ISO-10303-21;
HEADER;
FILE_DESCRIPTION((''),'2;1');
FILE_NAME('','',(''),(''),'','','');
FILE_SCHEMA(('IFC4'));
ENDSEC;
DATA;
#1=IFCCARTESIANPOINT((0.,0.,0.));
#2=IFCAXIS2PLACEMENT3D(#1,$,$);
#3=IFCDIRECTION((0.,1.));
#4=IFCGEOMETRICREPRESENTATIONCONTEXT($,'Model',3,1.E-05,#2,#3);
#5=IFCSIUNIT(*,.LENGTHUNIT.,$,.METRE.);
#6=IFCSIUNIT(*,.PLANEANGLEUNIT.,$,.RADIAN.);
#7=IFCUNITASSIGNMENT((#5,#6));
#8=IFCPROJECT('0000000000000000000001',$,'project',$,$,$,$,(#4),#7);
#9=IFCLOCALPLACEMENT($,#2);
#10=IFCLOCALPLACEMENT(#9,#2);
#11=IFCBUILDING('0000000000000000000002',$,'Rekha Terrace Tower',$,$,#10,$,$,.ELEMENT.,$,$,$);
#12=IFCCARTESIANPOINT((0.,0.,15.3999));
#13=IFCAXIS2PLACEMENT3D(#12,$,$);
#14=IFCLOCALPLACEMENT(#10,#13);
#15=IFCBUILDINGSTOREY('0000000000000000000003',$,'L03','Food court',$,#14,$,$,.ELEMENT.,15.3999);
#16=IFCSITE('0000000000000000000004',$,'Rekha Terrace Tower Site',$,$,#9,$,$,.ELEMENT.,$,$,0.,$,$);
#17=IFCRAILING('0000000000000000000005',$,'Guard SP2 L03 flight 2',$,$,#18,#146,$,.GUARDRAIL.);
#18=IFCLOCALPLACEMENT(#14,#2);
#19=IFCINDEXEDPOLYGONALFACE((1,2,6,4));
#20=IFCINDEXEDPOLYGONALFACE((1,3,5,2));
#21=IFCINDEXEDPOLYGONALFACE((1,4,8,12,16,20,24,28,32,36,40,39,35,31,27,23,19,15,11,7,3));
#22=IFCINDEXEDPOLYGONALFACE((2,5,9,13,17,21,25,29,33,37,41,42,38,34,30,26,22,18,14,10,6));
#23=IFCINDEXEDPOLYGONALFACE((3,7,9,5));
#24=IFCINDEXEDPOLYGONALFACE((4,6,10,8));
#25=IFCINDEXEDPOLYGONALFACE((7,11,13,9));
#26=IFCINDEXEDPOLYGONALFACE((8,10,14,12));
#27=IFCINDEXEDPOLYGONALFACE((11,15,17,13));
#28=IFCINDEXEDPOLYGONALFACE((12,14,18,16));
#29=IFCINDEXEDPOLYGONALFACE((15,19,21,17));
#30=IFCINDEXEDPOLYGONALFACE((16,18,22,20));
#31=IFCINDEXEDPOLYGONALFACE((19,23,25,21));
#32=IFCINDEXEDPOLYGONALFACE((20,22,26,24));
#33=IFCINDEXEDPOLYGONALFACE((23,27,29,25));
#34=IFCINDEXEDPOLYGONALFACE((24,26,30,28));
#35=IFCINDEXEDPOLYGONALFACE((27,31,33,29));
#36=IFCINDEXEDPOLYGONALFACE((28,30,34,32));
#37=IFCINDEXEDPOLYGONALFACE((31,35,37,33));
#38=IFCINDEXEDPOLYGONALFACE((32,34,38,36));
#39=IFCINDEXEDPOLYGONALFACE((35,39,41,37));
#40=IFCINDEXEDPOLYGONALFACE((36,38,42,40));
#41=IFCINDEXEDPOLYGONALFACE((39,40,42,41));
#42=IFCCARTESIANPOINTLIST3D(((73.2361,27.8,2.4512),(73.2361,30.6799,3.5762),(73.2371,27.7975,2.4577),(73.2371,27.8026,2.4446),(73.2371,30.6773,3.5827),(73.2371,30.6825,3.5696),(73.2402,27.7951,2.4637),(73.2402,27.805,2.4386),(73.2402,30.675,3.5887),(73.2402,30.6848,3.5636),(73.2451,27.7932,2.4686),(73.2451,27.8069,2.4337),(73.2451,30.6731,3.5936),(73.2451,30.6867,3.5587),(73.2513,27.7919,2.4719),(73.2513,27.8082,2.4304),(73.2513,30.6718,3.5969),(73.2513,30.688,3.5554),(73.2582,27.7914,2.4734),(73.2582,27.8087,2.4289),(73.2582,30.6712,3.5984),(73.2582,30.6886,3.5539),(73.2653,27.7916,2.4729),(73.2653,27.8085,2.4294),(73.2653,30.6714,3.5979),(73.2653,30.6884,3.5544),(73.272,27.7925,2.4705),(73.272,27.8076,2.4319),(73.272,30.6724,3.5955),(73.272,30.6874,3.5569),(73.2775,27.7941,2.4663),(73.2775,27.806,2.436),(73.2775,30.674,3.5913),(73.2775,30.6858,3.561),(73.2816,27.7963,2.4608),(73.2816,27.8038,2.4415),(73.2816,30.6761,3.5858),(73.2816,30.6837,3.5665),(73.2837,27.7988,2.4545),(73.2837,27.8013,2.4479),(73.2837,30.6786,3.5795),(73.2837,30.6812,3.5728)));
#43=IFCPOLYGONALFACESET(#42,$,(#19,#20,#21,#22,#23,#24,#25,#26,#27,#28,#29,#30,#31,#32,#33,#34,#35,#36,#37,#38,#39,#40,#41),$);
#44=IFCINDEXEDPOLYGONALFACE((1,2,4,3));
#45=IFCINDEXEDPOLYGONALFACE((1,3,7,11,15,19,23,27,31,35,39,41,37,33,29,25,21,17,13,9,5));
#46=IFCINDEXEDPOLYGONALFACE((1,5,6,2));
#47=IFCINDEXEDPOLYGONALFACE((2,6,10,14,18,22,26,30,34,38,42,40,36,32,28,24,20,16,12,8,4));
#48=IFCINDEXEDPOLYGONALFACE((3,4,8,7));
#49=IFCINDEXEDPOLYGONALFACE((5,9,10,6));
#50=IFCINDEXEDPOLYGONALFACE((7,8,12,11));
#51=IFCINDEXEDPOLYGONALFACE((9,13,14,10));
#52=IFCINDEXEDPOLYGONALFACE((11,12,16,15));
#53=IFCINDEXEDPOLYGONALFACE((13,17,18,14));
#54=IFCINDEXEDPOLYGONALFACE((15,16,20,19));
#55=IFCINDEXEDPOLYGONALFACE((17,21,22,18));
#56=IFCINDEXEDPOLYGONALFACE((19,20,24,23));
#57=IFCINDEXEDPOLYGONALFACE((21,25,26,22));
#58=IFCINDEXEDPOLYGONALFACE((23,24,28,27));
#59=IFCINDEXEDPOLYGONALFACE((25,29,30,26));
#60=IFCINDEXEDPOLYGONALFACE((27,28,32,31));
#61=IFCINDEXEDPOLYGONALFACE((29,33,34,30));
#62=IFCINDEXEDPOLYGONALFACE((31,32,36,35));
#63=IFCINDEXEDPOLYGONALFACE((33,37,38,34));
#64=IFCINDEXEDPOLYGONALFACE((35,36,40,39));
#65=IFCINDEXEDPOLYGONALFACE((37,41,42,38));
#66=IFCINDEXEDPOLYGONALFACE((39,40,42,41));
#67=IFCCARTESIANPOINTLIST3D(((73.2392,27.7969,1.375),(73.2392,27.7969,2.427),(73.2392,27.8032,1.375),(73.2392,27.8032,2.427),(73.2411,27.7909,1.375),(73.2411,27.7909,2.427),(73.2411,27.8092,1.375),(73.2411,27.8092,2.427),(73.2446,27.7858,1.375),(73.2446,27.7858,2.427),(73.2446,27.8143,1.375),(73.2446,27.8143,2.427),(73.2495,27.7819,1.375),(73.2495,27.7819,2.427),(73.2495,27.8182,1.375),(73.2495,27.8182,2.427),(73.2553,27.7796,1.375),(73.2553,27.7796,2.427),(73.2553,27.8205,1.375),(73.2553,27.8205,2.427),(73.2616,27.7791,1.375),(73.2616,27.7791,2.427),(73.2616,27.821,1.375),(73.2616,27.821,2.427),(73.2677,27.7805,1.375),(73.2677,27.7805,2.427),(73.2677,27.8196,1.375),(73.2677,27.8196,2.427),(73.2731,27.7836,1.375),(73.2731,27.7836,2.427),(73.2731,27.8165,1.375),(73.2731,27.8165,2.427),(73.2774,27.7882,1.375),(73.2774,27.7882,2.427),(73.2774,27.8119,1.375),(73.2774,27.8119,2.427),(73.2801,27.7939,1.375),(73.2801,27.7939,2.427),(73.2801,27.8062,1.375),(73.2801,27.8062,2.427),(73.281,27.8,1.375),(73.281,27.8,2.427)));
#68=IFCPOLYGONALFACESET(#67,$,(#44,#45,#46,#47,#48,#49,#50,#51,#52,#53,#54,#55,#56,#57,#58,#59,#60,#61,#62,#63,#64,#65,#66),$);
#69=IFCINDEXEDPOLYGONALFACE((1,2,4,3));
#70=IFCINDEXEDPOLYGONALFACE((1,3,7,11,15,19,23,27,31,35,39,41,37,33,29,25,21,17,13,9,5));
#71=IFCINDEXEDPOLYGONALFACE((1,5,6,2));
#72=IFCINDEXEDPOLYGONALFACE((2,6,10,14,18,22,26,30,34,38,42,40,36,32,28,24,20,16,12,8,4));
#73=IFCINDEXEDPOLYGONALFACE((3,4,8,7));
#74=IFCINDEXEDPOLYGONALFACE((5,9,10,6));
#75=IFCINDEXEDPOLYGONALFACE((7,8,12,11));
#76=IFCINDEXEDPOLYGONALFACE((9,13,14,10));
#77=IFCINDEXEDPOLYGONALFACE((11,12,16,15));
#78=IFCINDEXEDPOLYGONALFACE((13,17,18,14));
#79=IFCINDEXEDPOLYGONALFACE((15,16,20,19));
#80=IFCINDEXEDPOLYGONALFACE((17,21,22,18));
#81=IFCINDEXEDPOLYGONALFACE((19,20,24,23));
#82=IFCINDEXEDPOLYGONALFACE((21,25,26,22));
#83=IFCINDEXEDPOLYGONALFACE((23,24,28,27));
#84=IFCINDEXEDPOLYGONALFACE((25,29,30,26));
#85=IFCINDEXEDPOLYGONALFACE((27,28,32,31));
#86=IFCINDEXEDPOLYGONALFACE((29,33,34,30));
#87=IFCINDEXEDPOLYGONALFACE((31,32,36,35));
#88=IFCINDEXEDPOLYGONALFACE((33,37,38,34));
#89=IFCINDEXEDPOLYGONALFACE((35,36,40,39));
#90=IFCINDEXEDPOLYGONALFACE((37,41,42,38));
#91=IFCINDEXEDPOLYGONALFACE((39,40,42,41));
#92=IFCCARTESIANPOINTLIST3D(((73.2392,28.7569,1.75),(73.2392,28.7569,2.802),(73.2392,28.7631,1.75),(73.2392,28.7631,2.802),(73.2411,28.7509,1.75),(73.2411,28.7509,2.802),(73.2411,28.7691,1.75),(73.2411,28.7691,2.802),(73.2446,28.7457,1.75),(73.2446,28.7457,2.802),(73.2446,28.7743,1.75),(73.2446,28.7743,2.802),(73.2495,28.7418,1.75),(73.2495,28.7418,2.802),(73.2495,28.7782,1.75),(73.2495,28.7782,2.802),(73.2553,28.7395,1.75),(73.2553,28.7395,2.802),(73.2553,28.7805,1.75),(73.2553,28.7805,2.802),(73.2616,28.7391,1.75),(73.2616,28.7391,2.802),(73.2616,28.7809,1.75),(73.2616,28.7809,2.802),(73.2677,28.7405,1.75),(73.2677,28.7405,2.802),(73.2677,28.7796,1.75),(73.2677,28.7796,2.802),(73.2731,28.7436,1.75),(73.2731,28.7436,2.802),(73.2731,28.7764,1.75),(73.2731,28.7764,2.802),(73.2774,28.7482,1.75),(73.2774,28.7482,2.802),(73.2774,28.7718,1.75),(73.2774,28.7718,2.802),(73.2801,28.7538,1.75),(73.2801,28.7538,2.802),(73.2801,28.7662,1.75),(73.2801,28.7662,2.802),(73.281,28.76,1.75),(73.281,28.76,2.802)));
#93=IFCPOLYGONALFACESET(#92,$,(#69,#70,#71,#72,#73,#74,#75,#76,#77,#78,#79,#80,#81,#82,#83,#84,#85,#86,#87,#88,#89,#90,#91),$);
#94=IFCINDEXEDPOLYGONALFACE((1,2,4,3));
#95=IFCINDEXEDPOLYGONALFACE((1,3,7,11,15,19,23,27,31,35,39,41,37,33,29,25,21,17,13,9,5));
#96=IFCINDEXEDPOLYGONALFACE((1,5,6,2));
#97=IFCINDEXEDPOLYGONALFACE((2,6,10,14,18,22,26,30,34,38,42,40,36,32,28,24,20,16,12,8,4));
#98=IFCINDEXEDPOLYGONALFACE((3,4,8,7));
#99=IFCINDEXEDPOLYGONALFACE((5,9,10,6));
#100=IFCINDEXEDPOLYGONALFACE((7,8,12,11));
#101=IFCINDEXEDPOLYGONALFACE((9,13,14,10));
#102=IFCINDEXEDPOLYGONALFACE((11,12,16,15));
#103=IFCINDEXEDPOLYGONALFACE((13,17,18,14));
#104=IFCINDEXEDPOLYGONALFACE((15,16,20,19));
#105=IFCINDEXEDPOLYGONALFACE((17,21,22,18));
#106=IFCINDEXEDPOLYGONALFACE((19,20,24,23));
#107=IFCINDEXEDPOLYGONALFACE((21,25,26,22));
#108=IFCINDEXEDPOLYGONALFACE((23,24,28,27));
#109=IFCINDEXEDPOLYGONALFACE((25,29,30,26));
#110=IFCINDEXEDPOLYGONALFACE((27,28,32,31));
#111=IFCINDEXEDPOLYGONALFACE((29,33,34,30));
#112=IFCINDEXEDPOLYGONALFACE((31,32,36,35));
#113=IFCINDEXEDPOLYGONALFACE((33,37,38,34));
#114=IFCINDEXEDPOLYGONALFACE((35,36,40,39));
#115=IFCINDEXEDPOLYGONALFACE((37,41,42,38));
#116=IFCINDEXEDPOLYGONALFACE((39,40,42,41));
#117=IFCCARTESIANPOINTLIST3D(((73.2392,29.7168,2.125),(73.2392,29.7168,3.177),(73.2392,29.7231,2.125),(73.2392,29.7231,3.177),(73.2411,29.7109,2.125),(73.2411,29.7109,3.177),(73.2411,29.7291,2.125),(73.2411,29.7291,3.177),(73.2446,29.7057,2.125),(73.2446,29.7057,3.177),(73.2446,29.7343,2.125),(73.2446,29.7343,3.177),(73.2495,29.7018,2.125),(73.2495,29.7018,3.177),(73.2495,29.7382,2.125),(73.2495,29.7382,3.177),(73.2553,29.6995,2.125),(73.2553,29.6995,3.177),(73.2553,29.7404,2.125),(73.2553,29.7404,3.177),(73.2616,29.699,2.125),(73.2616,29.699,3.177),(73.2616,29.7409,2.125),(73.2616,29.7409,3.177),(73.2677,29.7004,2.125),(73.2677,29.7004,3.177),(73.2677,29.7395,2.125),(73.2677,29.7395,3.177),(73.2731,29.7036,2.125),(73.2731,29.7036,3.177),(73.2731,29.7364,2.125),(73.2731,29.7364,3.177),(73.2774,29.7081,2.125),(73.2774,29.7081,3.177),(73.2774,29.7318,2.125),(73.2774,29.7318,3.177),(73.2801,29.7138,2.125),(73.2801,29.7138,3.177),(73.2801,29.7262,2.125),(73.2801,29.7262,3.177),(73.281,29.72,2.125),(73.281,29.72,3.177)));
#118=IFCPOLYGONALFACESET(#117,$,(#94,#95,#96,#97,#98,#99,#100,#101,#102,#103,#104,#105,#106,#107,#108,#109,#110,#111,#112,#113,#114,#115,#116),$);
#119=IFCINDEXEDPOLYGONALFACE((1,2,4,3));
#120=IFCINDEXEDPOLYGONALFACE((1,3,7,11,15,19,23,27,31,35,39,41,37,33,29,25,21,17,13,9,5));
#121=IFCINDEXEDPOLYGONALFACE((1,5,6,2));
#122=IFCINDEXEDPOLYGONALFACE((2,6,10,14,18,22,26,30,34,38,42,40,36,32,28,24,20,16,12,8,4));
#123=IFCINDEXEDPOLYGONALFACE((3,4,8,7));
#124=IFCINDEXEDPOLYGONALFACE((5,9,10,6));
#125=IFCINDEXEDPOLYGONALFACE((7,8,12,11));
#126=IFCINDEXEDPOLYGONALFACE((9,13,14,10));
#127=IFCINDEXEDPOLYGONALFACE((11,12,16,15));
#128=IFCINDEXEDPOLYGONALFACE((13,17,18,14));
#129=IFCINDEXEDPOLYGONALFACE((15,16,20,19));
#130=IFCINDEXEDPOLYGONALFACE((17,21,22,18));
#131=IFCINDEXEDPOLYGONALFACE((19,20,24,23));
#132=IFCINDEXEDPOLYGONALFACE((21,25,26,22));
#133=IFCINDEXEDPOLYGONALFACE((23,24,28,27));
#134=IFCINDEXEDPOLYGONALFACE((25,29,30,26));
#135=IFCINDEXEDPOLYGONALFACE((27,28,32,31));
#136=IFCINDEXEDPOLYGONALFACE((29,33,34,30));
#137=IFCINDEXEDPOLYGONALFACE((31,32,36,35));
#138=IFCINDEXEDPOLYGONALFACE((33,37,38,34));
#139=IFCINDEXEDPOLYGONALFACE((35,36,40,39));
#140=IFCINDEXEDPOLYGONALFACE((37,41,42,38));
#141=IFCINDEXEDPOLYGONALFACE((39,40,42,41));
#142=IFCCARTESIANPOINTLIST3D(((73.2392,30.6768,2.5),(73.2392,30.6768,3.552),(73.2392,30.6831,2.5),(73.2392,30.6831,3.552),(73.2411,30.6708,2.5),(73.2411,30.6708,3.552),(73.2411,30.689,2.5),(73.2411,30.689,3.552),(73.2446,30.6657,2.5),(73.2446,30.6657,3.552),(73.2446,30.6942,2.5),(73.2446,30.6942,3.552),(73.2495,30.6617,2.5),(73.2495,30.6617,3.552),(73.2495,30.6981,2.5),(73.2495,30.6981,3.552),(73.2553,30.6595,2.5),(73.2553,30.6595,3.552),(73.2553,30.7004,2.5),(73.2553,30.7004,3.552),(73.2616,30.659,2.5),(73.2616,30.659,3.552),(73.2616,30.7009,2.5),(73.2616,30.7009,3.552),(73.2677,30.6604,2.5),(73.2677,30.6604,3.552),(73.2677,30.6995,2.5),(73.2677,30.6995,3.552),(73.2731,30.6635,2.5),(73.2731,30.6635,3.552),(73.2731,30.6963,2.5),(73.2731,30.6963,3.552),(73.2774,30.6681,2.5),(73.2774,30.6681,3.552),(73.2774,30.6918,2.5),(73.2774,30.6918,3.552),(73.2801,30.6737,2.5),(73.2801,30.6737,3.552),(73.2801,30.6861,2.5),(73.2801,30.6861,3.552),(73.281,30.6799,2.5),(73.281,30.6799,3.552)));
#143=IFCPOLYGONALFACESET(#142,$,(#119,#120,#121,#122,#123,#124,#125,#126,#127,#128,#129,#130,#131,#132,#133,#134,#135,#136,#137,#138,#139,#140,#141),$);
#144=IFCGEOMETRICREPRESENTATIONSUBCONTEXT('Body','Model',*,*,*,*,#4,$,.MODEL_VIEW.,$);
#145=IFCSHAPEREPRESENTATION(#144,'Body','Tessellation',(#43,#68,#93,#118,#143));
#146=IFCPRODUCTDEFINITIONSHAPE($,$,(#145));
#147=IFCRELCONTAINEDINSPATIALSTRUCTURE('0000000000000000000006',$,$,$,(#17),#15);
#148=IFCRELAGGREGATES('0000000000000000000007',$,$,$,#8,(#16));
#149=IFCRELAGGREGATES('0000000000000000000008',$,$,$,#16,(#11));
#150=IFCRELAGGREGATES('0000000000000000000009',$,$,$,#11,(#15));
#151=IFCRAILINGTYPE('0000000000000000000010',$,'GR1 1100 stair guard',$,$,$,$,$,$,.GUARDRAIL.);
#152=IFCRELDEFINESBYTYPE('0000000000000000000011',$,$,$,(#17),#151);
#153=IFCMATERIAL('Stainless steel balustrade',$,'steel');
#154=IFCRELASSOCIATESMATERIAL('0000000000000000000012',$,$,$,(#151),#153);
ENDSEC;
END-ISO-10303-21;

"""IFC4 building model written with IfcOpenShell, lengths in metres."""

from ifc_helpers import new_model, si_unit, direction, frame, origin, origin_2d, place, context, subcontext, project, spatial, circle, extrude, material, type_object, element, save


model = new_model("IFC4")

# Units and contexts
model_context = context("Model", 3, precision=1e-05, world=origin(), true_north=direction((0.0, 1.0)))
body_context = subcontext(model_context, "Body", "Model", "MODEL_VIEW")
ifc_project = project(units=[si_unit("LENGTHUNIT", "METRE"), si_unit("PLANEANGLEUNIT", "RADIAN")], contexts=[model_context])

# Site, building, storey
site_placement = place(None, origin())
site = spatial("IfcSite", under=ifc_project, at=site_placement, Name="Rekha Terrace Tower Site", CompositionType="ELEMENT", RefElevation=0.0)
building_placement = place(site_placement, origin())
building = spatial("IfcBuilding", under=site, at=building_placement, Name="Rekha Terrace Tower", CompositionType="ELEMENT")
storey_placement = place(building_placement, frame((0.0, 0.0, 15.3999)))
storey = spatial("IfcBuildingStorey", under=building, at=storey_placement, Name="L03", Description="Food court", CompositionType="ELEMENT", Elevation=15.3999)

# Railing
ifc_material_1 = material(Name="Stainless steel balustrade", Category="steel")
railing_type_1 = type_object("IfcRailingType", Name="GR1 1100 stair guard", PredefinedType="GUARDRAIL", material=ifc_material_1)
railing_1_placement = place(storey_placement, frame((73.26, 27.8, 1.375)))
element("IfcRailing", 1, at=railing_1_placement, inside=storey, type_object=railing_type_1, Name="Guard SP2 L03 flight 2", PredefinedType="GUARDRAIL", context=body_context, shape_type="SweptSolid", body=[
    extrude(circle(Radius=0.0239, at=origin_2d()), frame((0.0, 0.0, 1.0762), z_axis=(0.0, 0.931452, 0.363863), x_axis=(-1.0, 0.0, 0.0)), (0.0, 0.0, 1.0), 3.0918),
    extrude(circle(Radius=0.021, at=origin_2d()), origin(), (0.0, 0.0, 1.0), 1.052),
    extrude(circle(Radius=0.021, at=origin_2d()), frame((0.0, 0.96, 0.375)), (0.0, 0.0, 1.0), 1.052),
    extrude(circle(Radius=0.021, at=origin_2d()), frame((0.0, 1.9199, 0.75)), (0.0, 0.0, 1.0), 1.052),
    extrude(circle(Radius=0.021, at=origin_2d()), frame((0.0, 2.8799, 1.125)), (0.0, 0.0, 1.0), 1.052),
])

save(model, "model.ifc")
